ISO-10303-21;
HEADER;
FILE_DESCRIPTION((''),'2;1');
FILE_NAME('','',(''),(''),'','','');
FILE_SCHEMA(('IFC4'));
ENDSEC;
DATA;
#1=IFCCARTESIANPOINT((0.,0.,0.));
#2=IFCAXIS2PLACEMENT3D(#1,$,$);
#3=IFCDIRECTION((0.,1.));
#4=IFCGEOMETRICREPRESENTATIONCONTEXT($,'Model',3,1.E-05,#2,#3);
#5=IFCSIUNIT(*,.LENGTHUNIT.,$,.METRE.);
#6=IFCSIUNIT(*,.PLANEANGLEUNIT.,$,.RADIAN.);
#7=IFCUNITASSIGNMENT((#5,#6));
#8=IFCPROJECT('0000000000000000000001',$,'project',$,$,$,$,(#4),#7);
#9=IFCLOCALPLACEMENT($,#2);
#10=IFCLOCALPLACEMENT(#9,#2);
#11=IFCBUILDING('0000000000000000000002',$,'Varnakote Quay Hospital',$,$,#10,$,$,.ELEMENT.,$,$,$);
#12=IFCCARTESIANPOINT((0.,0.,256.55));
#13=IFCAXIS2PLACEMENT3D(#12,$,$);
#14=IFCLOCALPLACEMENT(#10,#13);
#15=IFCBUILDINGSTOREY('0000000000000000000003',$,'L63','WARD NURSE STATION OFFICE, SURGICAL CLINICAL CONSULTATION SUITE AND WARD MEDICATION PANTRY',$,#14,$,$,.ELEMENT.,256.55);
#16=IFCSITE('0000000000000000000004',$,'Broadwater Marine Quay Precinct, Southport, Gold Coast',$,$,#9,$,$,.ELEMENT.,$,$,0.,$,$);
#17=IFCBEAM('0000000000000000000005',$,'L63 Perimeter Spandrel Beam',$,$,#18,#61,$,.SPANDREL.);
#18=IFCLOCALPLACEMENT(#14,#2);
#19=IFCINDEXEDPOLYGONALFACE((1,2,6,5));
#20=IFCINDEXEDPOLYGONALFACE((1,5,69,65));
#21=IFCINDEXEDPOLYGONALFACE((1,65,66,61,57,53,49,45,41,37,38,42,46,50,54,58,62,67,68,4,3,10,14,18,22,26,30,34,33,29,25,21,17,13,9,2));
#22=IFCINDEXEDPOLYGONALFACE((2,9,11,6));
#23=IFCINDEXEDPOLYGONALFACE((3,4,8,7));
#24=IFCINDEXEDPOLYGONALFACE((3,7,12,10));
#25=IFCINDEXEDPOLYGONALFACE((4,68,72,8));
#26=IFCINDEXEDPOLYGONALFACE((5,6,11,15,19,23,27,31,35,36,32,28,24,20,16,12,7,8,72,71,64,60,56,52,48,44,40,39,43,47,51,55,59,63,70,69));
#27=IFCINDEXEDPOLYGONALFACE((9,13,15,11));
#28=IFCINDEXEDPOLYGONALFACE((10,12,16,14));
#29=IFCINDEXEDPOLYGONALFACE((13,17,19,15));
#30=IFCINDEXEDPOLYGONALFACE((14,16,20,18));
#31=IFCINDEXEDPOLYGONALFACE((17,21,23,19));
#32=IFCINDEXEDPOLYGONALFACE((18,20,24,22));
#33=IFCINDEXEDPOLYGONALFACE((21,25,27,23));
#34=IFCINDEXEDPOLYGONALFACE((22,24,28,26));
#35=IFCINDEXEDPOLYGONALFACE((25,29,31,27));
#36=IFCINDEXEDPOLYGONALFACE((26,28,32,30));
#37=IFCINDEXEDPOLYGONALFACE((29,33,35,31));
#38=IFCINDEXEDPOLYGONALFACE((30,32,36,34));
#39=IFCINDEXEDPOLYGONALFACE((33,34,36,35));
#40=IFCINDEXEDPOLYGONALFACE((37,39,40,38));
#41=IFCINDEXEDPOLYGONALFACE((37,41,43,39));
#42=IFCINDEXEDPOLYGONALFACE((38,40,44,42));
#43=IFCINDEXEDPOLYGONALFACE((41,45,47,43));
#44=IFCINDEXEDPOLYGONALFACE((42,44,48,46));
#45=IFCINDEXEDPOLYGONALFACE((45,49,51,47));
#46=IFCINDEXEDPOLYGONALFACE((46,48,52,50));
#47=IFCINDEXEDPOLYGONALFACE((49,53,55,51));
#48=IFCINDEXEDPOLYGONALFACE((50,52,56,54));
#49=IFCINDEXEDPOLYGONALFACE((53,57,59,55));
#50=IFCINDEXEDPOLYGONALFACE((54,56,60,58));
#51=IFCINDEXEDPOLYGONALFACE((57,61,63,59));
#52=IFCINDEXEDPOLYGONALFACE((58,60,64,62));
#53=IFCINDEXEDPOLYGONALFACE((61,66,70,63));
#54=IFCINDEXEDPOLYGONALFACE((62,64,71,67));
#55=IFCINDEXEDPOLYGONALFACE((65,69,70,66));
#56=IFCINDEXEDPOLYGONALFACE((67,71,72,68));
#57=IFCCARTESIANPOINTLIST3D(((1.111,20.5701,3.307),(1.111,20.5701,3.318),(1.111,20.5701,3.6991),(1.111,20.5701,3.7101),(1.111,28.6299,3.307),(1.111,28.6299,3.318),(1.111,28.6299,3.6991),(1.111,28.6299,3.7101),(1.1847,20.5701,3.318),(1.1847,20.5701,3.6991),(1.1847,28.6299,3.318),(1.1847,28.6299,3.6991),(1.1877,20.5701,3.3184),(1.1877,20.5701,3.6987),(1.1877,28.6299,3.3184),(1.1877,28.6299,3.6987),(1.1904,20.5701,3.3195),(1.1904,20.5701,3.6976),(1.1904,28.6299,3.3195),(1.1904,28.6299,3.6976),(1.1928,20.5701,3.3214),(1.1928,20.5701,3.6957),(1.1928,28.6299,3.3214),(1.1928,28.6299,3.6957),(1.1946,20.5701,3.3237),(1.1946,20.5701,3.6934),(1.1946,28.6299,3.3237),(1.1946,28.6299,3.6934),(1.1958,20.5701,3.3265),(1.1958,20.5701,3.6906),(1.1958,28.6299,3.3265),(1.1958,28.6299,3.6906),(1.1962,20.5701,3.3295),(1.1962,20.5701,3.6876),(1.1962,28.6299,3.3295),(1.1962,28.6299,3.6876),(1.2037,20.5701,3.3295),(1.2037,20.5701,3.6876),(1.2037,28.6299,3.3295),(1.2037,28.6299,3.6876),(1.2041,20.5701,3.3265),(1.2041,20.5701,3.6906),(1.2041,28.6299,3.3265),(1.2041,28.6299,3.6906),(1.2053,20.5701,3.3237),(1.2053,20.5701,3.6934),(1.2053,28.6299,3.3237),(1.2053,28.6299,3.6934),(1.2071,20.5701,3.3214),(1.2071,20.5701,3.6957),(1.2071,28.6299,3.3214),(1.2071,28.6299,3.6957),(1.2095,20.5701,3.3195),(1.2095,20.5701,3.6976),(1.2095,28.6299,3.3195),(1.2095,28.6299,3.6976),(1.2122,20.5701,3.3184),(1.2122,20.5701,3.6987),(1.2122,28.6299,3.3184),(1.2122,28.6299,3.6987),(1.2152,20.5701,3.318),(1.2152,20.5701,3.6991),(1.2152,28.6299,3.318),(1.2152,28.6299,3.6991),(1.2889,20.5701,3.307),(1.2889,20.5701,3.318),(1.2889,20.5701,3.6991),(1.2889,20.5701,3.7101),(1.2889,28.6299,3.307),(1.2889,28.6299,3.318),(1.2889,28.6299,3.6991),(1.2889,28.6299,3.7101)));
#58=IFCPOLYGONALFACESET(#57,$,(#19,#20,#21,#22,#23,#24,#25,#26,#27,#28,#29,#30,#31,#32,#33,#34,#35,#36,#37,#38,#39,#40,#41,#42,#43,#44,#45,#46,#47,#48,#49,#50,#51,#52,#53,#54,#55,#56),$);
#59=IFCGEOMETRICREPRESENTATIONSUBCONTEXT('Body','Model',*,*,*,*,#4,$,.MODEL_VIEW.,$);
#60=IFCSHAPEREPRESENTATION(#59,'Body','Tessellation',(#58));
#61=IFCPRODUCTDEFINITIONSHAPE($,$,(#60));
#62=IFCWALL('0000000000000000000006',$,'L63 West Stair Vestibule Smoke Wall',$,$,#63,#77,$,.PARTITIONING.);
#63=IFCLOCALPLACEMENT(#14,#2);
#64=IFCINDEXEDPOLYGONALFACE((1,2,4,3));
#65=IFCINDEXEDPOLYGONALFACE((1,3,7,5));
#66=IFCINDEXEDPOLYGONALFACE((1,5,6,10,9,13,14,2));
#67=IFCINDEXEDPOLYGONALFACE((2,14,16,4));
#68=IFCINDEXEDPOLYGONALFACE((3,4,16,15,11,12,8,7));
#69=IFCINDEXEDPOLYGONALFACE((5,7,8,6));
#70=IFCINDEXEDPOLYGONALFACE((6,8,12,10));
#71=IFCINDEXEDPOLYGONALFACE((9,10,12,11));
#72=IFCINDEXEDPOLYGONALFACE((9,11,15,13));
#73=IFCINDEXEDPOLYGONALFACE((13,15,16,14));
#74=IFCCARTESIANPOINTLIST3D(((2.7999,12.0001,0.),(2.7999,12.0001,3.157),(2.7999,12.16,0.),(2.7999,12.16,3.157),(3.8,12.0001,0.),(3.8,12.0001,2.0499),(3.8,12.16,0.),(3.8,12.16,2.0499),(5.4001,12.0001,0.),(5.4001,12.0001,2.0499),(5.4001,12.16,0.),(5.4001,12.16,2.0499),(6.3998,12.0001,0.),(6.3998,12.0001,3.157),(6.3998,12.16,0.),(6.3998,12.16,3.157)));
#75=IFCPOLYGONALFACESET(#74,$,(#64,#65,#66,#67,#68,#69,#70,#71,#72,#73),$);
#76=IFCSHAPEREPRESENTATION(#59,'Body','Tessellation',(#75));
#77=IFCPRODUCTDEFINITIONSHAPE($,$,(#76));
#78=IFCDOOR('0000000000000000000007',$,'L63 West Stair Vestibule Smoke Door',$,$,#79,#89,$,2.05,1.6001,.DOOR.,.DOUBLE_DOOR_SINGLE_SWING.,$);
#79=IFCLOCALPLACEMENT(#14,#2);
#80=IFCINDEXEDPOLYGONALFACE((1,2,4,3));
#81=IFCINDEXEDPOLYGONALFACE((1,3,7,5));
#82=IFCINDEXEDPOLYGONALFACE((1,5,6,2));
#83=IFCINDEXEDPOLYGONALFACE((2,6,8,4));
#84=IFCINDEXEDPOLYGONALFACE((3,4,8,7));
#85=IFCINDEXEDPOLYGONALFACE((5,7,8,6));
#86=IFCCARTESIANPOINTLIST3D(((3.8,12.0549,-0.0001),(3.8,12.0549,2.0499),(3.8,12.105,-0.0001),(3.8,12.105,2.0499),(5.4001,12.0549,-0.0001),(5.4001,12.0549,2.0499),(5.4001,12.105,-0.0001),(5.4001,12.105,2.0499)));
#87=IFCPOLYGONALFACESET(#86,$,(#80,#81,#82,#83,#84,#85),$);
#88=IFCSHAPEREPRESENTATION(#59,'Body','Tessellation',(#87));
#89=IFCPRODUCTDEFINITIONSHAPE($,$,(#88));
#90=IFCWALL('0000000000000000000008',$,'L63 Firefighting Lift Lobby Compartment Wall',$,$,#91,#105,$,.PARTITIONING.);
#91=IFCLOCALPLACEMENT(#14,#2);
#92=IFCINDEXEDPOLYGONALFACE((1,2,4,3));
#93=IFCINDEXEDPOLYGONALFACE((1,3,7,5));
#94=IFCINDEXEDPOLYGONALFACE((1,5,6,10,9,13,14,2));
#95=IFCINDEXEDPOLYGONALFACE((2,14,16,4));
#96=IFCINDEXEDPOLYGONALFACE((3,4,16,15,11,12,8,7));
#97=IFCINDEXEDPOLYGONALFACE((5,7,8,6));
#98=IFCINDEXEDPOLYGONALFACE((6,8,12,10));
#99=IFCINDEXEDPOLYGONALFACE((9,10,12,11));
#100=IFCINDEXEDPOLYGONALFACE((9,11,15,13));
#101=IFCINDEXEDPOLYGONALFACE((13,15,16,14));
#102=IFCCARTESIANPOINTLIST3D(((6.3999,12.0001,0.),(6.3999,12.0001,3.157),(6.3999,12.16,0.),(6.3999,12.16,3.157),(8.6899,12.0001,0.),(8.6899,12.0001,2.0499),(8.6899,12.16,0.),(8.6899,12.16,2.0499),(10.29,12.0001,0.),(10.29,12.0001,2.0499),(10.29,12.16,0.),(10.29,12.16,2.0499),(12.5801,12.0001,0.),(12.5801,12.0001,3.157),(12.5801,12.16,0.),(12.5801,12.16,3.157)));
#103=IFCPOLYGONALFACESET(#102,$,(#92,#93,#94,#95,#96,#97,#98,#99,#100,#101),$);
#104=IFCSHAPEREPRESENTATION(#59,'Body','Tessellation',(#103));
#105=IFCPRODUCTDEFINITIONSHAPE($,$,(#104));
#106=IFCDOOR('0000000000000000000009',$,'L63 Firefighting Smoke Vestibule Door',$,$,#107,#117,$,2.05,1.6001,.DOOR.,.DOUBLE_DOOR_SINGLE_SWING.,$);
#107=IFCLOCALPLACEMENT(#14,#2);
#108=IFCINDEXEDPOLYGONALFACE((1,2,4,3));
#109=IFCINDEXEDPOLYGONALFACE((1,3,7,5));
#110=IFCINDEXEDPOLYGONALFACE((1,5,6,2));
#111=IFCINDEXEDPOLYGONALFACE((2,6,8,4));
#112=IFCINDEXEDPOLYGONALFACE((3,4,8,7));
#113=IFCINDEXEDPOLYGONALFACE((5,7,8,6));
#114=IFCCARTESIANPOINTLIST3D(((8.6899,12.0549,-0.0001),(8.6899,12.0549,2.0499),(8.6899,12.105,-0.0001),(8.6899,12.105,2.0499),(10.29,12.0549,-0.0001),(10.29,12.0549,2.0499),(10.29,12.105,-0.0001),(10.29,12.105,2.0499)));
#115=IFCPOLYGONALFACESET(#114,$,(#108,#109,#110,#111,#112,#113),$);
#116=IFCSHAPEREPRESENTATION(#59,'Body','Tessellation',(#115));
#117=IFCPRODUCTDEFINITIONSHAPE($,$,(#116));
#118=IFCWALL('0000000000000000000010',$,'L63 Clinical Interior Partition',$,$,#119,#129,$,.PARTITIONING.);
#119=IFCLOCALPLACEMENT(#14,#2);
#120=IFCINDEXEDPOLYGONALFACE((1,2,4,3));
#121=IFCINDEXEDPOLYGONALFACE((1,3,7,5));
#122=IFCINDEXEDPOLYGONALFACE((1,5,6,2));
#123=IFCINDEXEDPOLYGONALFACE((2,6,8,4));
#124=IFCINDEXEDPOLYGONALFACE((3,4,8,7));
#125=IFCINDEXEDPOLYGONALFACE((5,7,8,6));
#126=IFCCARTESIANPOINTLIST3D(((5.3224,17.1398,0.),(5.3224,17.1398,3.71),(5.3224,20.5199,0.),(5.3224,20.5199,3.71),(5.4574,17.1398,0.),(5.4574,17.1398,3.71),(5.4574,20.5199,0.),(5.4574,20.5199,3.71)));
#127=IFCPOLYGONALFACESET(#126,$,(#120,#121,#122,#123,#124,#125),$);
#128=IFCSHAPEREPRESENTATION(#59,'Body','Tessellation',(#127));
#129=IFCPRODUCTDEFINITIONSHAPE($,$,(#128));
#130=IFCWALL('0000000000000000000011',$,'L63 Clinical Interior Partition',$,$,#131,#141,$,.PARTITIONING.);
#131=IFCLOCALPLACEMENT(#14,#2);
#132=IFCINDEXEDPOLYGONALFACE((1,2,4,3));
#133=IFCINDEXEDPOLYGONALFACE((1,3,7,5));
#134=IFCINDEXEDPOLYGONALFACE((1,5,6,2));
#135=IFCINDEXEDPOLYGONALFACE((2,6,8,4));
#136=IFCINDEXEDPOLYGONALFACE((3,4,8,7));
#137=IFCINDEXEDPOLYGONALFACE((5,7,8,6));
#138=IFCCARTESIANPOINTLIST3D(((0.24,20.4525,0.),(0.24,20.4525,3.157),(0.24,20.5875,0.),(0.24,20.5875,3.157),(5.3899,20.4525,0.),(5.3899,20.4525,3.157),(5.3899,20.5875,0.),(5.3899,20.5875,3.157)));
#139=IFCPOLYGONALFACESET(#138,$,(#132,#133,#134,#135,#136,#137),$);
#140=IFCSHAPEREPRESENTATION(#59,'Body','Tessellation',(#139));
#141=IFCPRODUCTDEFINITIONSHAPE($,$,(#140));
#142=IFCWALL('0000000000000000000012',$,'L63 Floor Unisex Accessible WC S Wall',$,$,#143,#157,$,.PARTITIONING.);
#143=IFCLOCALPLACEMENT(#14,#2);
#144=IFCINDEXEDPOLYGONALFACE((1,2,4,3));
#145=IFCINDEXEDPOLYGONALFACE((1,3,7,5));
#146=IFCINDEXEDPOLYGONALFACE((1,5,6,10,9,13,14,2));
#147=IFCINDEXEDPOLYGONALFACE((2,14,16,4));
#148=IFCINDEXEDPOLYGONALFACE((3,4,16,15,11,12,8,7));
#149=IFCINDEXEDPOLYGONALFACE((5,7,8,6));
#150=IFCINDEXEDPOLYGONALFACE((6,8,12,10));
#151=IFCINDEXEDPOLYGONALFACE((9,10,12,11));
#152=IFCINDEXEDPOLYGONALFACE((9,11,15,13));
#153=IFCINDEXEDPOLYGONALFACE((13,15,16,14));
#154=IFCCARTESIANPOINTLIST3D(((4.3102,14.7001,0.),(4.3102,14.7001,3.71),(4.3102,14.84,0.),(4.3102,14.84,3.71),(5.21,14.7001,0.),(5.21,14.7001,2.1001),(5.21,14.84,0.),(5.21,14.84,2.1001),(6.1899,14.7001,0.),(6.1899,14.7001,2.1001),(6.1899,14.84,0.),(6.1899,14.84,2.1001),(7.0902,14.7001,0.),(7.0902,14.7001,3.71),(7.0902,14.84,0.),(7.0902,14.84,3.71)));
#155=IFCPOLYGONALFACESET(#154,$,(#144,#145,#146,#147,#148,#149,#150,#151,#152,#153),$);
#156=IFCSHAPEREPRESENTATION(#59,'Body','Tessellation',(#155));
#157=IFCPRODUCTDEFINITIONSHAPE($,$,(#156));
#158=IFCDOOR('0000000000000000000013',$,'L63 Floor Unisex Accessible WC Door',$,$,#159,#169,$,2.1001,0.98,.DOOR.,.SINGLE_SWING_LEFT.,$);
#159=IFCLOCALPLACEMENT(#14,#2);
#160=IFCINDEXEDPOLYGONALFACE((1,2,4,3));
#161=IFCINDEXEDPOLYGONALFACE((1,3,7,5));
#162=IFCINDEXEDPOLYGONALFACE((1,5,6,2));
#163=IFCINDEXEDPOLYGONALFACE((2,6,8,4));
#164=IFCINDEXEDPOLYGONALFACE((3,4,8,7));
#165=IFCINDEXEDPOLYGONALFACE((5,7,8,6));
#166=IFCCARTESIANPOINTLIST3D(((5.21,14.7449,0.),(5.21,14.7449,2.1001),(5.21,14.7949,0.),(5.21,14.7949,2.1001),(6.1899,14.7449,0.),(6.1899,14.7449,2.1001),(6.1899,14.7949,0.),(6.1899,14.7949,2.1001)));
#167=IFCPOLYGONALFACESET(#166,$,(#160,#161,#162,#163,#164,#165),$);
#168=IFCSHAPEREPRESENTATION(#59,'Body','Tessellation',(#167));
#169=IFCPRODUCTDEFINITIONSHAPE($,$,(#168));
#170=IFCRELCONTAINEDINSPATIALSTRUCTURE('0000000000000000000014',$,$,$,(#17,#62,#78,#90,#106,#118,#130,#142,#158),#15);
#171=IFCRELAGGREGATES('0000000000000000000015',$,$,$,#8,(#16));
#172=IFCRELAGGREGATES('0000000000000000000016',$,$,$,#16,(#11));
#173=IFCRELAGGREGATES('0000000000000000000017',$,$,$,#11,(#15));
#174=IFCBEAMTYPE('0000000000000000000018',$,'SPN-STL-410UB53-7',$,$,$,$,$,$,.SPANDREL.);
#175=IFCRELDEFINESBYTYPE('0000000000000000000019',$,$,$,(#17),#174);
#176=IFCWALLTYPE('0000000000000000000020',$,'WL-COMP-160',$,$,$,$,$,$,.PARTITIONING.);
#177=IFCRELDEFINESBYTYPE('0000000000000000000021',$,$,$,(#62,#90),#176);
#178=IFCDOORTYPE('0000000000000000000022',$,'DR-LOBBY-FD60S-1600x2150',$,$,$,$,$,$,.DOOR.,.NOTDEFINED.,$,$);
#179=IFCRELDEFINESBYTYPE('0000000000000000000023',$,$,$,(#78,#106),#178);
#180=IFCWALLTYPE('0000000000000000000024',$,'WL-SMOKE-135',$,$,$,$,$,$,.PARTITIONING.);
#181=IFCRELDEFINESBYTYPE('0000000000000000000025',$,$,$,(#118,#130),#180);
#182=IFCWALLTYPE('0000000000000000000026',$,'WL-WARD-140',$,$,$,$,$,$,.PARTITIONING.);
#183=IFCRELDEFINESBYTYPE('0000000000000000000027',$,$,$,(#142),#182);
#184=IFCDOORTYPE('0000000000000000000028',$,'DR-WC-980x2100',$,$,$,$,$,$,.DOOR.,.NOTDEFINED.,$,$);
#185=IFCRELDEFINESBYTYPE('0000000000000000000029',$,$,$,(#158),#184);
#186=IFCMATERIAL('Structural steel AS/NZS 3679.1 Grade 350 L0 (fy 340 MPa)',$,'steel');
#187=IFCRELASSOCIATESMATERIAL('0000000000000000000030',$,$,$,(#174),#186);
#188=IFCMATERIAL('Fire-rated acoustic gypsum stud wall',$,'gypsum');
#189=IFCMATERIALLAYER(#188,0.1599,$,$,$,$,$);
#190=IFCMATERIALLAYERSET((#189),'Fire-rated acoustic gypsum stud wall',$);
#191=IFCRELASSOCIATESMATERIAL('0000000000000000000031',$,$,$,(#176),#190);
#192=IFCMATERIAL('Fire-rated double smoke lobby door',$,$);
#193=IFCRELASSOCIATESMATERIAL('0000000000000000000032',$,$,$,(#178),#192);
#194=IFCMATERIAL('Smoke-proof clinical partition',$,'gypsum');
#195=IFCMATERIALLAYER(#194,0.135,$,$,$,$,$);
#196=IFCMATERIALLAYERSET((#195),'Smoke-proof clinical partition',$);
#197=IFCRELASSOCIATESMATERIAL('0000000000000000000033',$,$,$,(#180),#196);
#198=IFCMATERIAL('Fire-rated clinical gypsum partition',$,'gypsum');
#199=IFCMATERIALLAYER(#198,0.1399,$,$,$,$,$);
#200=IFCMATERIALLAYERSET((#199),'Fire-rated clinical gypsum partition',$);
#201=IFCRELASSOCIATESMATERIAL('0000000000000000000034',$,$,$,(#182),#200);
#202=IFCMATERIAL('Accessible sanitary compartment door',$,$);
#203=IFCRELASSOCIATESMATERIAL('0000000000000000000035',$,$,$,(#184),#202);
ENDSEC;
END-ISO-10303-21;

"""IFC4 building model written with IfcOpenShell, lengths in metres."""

from ifc_helpers import new_model, si_unit, direction, frame, frame_2d, origin, origin_2d, place, context, subcontext, project, spatial, rectangle, i_section, extrude, material, layer, layer_set, material_profile, profile_set, type_object, element, fill, save


model = new_model("IFC4")

# Units and contexts
model_context = context("Model", 3, precision=1e-05, world=origin(), true_north=direction((0.0, 1.0)))
body_context = subcontext(model_context, "Body", "Model", "MODEL_VIEW")
ifc_project = project(units=[si_unit("LENGTHUNIT", "METRE"), si_unit("PLANEANGLEUNIT", "RADIAN")], contexts=[model_context])

# Site, building, storey
site_placement = place(None, origin())
site = spatial("IfcSite", under=ifc_project, at=site_placement, Name="Broadwater Marine Quay Precinct, Southport, Gold Coast", CompositionType="ELEMENT", RefElevation=0.0)
building_placement = place(site_placement, origin())
building = spatial("IfcBuilding", under=site, at=building_placement, Name="Varnakote Quay Hospital", CompositionType="ELEMENT")
storey_placement = place(building_placement, frame((0.0, 0.0, 256.55)))
storey = spatial("IfcBuildingStorey", under=building, at=storey_placement, Name="L63", Description="WARD NURSE STATION OFFICE, SURGICAL CLINICAL CONSULTATION SUITE AND WARD MEDICATION PANTRY", CompositionType="ELEMENT", Elevation=256.55)

# Beam
ifc_material_1 = material(Name="Structural steel AS/NZS 3679.1 Grade 350 L0 (fy 340 MPa)", Category="steel")
ifc_material_profile_1 = material_profile(ifc_material_1, i_section(OverallWidth=0.178, OverallDepth=0.4031, WebThickness=0.0076, FlangeThickness=0.011, FilletRadius=0.0115, at=origin_2d()), Name="410UB53.7")
ifc_profile_set_1 = profile_set([ifc_material_profile_1], Name="Structural steel AS/NZS 3679.1 Grade 350 L0 (fy 340 MPa)")
beam_type_1 = type_object("IfcBeamType", Name="SPN-STL-410UB53-7", PredefinedType="SPANDREL", material=ifc_profile_set_1)
beam_1_placement = place(storey_placement, frame((1.2, 20.5701, 3.5085), z_axis=(0.0, 1.0, 0.0), x_axis=(-1.0, 0.0, 0.0)))
element("IfcBeam", 1, at=beam_1_placement, inside=storey, type_object=beam_type_1, Name="L63 Perimeter Spandrel Beam", PredefinedType="SPANDREL", context=body_context, shape_type="SweptSolid", body=[
    extrude(i_section(OverallWidth=0.178, OverallDepth=0.4031, WebThickness=0.0076, FlangeThickness=0.011, FilletRadius=0.0115, at=origin_2d()), origin(), (0.0, 0.0, 1.0), 8.0598),
])

# Walls, openings, doors
ifc_material_2 = material(Name="Fire-rated acoustic gypsum stud wall", Category="gypsum")
ifc_layer_1 = layer(ifc_material_2, 0.1599)
ifc_layer_set_1 = layer_set([ifc_layer_1], Name="Fire-rated acoustic gypsum stud wall")
wall_type_1 = type_object("IfcWallType", Name="WL-COMP-160", PredefinedType="PARTITIONING", material=ifc_layer_set_1)
wall_1_placement = place(storey_placement, frame((2.8, 12.0801, 0.0), z_axis=(0.0, 0.0, 1.0), x_axis=(1.0, 0.0, 0.0)))
wall_1 = element("IfcWall", 2, at=wall_1_placement, inside=storey, type_object=wall_type_1, Name="L63 West Stair Vestibule Smoke Wall", PredefinedType="PARTITIONING", context=body_context, shape_type="SweptSolid", body=[
    extrude(rectangle(XDim=3.5999, YDim=0.1599, at=frame_2d((1.7998, 0.0))), origin(), (0.0, 0.0, 1.0), 3.157),
])
opening_1_placement = place(wall_1_placement, frame((1.0, 0.0, 0.0)))
opening_1 = element("IfcOpeningElement", 3, at=opening_1_placement, cuts=wall_1, PredefinedType="OPENING", context=body_context, shape_type="SweptSolid", body=[
    extrude(rectangle(XDim=1.6001, YDim=2.05, at=frame_2d((0.8, 1.0249))), frame((0.0, 0.0898, 0.0), z_axis=(0.0, -1.0, 0.0), x_axis=(1.0, 0.0, 0.0)), (0.0, 0.0, 1.0), 0.1799),
])
ifc_material_3 = material(Name="Fire-rated double smoke lobby door")
door_type_1 = type_object("IfcDoorType", Name="DR-LOBBY-FD60S-1600x2150", OperationType="NOTDEFINED", PredefinedType="DOOR", material=ifc_material_3)
door_1_placement = place(opening_1_placement, origin())
door_1 = element("IfcDoor", 4, at=door_1_placement, inside=storey, type_object=door_type_1, Name="L63 West Stair Vestibule Smoke Door", OperationType="DOUBLE_DOOR_SINGLE_SWING", OverallHeight=2.05, OverallWidth=1.6001, PredefinedType="DOOR", context=body_context, shape_type="SweptSolid", body=[
    extrude(rectangle(XDim=1.6001, YDim=2.05, at=frame_2d((0.8, 1.0249))), frame((0.0, 0.0249, 0.0), z_axis=(0.0, -1.0, 0.0), x_axis=(1.0, 0.0, 0.0)), (0.0, 0.0, 1.0), 0.05),
])
fill(opening_1, door_1)
wall_2_placement = place(storey_placement, frame((6.3999, 12.0801, 0.0), z_axis=(0.0, 0.0, 1.0), x_axis=(1.0, 0.0, 0.0)))
wall_2 = element("IfcWall", 5, at=wall_2_placement, inside=storey, type_object=wall_type_1, Name="L63 Firefighting Lift Lobby Compartment Wall", PredefinedType="PARTITIONING", context=body_context, shape_type="SweptSolid", body=[
    extrude(rectangle(XDim=6.1802, YDim=0.1599, at=frame_2d((3.0901, 0.0))), origin(), (0.0, 0.0, 1.0), 3.157),
])
opening_2_placement = place(wall_2_placement, frame((2.29, 0.0, 0.0)))
opening_2 = element("IfcOpeningElement", 6, at=opening_2_placement, cuts=wall_2, PredefinedType="OPENING", context=body_context, shape_type="SweptSolid", body=[
    extrude(rectangle(XDim=1.6001, YDim=2.05, at=frame_2d((0.8, 1.0249))), frame((0.0, 0.0898, 0.0), z_axis=(0.0, -1.0, 0.0), x_axis=(1.0, 0.0, 0.0)), (0.0, 0.0, 1.0), 0.1799),
])
door_2_placement = place(opening_2_placement, origin())
door_2 = element("IfcDoor", 7, at=door_2_placement, inside=storey, type_object=door_type_1, Name="L63 Firefighting Smoke Vestibule Door", OperationType="DOUBLE_DOOR_SINGLE_SWING", OverallHeight=2.05, OverallWidth=1.6001, PredefinedType="DOOR", context=body_context, shape_type="SweptSolid", body=[
    extrude(rectangle(XDim=1.6001, YDim=2.05, at=frame_2d((0.8, 1.0249))), frame((0.0, 0.0249, 0.0), z_axis=(0.0, -1.0, 0.0), x_axis=(1.0, 0.0, 0.0)), (0.0, 0.0, 1.0), 0.05),
])
fill(opening_2, door_2)

# Walls
ifc_material_4 = material(Name="Smoke-proof clinical partition", Category="gypsum")
ifc_layer_2 = layer(ifc_material_4, 0.135)
ifc_layer_set_2 = layer_set([ifc_layer_2], Name="Smoke-proof clinical partition")
wall_type_2 = type_object("IfcWallType", Name="WL-SMOKE-135", PredefinedType="PARTITIONING", material=ifc_layer_set_2)
wall_3_placement = place(storey_placement, frame((5.3899, 17.1399, 0.0), z_axis=(0.0, 0.0, 1.0), x_axis=(0.0, 1.0, 0.0)))
element("IfcWall", 8, at=wall_3_placement, inside=storey, type_object=wall_type_2, Name="L63 Clinical Interior Partition", PredefinedType="PARTITIONING", context=body_context, shape_type="SweptSolid", body=[
    extrude(rectangle(XDim=3.3801, YDim=0.135, at=frame_2d((1.6899, 0.0))), origin(), (0.0, 0.0, 1.0), 3.71),
])
wall_4_placement = place(storey_placement, frame((5.3899, 20.52, 0.0), z_axis=(0.0, 0.0, 1.0), x_axis=(-1.0, 0.0, 0.0)))
element("IfcWall", 9, at=wall_4_placement, inside=storey, type_object=wall_type_2, Name="L63 Clinical Interior Partition", PredefinedType="PARTITIONING", context=body_context, shape_type="SweptSolid", body=[
    extrude(rectangle(XDim=5.1499, YDim=0.135, at=frame_2d((2.575, 0.0))), origin(), (0.0, 0.0, 1.0), 3.157),
])

# Wall, opening, door
ifc_material_5 = material(Name="Fire-rated clinical gypsum partition", Category="gypsum")
ifc_layer_3 = layer(ifc_material_5, 0.1399)
ifc_layer_set_3 = layer_set([ifc_layer_3], Name="Fire-rated clinical gypsum partition")
wall_type_3 = type_object("IfcWallType", Name="WL-WARD-140", PredefinedType="PARTITIONING", material=ifc_layer_set_3)
wall_5_placement = place(storey_placement, frame((4.3101, 14.77, 0.0), z_axis=(0.0, 0.0, 1.0), x_axis=(1.0, 0.0, 0.0)))
wall_5 = element("IfcWall", 10, at=wall_5_placement, inside=storey, type_object=wall_type_3, Name="L63 Floor Unisex Accessible WC S Wall", PredefinedType="PARTITIONING", context=body_context, shape_type="SweptSolid", body=[
    extrude(rectangle(XDim=2.78, YDim=0.1399, at=frame_2d((1.3901, 0.0))), origin(), (0.0, 0.0, 1.0), 3.71),
])
opening_3_placement = place(wall_5_placement, frame((0.8999, 0.0, 0.0)))
opening_3 = element("IfcOpeningElement", 11, at=opening_3_placement, cuts=wall_5, PredefinedType="OPENING", context=body_context, shape_type="SweptSolid", body=[
    extrude(rectangle(XDim=0.98, YDim=2.1001, at=frame_2d((0.49, 1.05))), frame((0.0, 0.0798, 0.0), z_axis=(0.0, -1.0, 0.0), x_axis=(1.0, 0.0, 0.0)), (0.0, 0.0, 1.0), 0.1599),
])
ifc_material_6 = material(Name="Accessible sanitary compartment door")
door_type_2 = type_object("IfcDoorType", Name="DR-WC-980x2100", OperationType="NOTDEFINED", PredefinedType="DOOR", material=ifc_material_6)
door_3_placement = place(opening_3_placement, origin())
door_3 = element("IfcDoor", 12, at=door_3_placement, inside=storey, type_object=door_type_2, Name="L63 Floor Unisex Accessible WC Door", OperationType="SINGLE_SWING_LEFT", OverallHeight=2.1001, OverallWidth=0.98, PredefinedType="DOOR", context=body_context, shape_type="SweptSolid", body=[
    extrude(rectangle(XDim=0.98, YDim=2.1001, at=frame_2d((0.49, 1.05))), frame((0.0, 0.0249, 0.0), z_axis=(0.0, -1.0, 0.0), x_axis=(1.0, 0.0, 0.0)), (0.0, 0.0, 1.0), 0.05),
])
fill(opening_3, door_3)

save(model, "model.ifc")
